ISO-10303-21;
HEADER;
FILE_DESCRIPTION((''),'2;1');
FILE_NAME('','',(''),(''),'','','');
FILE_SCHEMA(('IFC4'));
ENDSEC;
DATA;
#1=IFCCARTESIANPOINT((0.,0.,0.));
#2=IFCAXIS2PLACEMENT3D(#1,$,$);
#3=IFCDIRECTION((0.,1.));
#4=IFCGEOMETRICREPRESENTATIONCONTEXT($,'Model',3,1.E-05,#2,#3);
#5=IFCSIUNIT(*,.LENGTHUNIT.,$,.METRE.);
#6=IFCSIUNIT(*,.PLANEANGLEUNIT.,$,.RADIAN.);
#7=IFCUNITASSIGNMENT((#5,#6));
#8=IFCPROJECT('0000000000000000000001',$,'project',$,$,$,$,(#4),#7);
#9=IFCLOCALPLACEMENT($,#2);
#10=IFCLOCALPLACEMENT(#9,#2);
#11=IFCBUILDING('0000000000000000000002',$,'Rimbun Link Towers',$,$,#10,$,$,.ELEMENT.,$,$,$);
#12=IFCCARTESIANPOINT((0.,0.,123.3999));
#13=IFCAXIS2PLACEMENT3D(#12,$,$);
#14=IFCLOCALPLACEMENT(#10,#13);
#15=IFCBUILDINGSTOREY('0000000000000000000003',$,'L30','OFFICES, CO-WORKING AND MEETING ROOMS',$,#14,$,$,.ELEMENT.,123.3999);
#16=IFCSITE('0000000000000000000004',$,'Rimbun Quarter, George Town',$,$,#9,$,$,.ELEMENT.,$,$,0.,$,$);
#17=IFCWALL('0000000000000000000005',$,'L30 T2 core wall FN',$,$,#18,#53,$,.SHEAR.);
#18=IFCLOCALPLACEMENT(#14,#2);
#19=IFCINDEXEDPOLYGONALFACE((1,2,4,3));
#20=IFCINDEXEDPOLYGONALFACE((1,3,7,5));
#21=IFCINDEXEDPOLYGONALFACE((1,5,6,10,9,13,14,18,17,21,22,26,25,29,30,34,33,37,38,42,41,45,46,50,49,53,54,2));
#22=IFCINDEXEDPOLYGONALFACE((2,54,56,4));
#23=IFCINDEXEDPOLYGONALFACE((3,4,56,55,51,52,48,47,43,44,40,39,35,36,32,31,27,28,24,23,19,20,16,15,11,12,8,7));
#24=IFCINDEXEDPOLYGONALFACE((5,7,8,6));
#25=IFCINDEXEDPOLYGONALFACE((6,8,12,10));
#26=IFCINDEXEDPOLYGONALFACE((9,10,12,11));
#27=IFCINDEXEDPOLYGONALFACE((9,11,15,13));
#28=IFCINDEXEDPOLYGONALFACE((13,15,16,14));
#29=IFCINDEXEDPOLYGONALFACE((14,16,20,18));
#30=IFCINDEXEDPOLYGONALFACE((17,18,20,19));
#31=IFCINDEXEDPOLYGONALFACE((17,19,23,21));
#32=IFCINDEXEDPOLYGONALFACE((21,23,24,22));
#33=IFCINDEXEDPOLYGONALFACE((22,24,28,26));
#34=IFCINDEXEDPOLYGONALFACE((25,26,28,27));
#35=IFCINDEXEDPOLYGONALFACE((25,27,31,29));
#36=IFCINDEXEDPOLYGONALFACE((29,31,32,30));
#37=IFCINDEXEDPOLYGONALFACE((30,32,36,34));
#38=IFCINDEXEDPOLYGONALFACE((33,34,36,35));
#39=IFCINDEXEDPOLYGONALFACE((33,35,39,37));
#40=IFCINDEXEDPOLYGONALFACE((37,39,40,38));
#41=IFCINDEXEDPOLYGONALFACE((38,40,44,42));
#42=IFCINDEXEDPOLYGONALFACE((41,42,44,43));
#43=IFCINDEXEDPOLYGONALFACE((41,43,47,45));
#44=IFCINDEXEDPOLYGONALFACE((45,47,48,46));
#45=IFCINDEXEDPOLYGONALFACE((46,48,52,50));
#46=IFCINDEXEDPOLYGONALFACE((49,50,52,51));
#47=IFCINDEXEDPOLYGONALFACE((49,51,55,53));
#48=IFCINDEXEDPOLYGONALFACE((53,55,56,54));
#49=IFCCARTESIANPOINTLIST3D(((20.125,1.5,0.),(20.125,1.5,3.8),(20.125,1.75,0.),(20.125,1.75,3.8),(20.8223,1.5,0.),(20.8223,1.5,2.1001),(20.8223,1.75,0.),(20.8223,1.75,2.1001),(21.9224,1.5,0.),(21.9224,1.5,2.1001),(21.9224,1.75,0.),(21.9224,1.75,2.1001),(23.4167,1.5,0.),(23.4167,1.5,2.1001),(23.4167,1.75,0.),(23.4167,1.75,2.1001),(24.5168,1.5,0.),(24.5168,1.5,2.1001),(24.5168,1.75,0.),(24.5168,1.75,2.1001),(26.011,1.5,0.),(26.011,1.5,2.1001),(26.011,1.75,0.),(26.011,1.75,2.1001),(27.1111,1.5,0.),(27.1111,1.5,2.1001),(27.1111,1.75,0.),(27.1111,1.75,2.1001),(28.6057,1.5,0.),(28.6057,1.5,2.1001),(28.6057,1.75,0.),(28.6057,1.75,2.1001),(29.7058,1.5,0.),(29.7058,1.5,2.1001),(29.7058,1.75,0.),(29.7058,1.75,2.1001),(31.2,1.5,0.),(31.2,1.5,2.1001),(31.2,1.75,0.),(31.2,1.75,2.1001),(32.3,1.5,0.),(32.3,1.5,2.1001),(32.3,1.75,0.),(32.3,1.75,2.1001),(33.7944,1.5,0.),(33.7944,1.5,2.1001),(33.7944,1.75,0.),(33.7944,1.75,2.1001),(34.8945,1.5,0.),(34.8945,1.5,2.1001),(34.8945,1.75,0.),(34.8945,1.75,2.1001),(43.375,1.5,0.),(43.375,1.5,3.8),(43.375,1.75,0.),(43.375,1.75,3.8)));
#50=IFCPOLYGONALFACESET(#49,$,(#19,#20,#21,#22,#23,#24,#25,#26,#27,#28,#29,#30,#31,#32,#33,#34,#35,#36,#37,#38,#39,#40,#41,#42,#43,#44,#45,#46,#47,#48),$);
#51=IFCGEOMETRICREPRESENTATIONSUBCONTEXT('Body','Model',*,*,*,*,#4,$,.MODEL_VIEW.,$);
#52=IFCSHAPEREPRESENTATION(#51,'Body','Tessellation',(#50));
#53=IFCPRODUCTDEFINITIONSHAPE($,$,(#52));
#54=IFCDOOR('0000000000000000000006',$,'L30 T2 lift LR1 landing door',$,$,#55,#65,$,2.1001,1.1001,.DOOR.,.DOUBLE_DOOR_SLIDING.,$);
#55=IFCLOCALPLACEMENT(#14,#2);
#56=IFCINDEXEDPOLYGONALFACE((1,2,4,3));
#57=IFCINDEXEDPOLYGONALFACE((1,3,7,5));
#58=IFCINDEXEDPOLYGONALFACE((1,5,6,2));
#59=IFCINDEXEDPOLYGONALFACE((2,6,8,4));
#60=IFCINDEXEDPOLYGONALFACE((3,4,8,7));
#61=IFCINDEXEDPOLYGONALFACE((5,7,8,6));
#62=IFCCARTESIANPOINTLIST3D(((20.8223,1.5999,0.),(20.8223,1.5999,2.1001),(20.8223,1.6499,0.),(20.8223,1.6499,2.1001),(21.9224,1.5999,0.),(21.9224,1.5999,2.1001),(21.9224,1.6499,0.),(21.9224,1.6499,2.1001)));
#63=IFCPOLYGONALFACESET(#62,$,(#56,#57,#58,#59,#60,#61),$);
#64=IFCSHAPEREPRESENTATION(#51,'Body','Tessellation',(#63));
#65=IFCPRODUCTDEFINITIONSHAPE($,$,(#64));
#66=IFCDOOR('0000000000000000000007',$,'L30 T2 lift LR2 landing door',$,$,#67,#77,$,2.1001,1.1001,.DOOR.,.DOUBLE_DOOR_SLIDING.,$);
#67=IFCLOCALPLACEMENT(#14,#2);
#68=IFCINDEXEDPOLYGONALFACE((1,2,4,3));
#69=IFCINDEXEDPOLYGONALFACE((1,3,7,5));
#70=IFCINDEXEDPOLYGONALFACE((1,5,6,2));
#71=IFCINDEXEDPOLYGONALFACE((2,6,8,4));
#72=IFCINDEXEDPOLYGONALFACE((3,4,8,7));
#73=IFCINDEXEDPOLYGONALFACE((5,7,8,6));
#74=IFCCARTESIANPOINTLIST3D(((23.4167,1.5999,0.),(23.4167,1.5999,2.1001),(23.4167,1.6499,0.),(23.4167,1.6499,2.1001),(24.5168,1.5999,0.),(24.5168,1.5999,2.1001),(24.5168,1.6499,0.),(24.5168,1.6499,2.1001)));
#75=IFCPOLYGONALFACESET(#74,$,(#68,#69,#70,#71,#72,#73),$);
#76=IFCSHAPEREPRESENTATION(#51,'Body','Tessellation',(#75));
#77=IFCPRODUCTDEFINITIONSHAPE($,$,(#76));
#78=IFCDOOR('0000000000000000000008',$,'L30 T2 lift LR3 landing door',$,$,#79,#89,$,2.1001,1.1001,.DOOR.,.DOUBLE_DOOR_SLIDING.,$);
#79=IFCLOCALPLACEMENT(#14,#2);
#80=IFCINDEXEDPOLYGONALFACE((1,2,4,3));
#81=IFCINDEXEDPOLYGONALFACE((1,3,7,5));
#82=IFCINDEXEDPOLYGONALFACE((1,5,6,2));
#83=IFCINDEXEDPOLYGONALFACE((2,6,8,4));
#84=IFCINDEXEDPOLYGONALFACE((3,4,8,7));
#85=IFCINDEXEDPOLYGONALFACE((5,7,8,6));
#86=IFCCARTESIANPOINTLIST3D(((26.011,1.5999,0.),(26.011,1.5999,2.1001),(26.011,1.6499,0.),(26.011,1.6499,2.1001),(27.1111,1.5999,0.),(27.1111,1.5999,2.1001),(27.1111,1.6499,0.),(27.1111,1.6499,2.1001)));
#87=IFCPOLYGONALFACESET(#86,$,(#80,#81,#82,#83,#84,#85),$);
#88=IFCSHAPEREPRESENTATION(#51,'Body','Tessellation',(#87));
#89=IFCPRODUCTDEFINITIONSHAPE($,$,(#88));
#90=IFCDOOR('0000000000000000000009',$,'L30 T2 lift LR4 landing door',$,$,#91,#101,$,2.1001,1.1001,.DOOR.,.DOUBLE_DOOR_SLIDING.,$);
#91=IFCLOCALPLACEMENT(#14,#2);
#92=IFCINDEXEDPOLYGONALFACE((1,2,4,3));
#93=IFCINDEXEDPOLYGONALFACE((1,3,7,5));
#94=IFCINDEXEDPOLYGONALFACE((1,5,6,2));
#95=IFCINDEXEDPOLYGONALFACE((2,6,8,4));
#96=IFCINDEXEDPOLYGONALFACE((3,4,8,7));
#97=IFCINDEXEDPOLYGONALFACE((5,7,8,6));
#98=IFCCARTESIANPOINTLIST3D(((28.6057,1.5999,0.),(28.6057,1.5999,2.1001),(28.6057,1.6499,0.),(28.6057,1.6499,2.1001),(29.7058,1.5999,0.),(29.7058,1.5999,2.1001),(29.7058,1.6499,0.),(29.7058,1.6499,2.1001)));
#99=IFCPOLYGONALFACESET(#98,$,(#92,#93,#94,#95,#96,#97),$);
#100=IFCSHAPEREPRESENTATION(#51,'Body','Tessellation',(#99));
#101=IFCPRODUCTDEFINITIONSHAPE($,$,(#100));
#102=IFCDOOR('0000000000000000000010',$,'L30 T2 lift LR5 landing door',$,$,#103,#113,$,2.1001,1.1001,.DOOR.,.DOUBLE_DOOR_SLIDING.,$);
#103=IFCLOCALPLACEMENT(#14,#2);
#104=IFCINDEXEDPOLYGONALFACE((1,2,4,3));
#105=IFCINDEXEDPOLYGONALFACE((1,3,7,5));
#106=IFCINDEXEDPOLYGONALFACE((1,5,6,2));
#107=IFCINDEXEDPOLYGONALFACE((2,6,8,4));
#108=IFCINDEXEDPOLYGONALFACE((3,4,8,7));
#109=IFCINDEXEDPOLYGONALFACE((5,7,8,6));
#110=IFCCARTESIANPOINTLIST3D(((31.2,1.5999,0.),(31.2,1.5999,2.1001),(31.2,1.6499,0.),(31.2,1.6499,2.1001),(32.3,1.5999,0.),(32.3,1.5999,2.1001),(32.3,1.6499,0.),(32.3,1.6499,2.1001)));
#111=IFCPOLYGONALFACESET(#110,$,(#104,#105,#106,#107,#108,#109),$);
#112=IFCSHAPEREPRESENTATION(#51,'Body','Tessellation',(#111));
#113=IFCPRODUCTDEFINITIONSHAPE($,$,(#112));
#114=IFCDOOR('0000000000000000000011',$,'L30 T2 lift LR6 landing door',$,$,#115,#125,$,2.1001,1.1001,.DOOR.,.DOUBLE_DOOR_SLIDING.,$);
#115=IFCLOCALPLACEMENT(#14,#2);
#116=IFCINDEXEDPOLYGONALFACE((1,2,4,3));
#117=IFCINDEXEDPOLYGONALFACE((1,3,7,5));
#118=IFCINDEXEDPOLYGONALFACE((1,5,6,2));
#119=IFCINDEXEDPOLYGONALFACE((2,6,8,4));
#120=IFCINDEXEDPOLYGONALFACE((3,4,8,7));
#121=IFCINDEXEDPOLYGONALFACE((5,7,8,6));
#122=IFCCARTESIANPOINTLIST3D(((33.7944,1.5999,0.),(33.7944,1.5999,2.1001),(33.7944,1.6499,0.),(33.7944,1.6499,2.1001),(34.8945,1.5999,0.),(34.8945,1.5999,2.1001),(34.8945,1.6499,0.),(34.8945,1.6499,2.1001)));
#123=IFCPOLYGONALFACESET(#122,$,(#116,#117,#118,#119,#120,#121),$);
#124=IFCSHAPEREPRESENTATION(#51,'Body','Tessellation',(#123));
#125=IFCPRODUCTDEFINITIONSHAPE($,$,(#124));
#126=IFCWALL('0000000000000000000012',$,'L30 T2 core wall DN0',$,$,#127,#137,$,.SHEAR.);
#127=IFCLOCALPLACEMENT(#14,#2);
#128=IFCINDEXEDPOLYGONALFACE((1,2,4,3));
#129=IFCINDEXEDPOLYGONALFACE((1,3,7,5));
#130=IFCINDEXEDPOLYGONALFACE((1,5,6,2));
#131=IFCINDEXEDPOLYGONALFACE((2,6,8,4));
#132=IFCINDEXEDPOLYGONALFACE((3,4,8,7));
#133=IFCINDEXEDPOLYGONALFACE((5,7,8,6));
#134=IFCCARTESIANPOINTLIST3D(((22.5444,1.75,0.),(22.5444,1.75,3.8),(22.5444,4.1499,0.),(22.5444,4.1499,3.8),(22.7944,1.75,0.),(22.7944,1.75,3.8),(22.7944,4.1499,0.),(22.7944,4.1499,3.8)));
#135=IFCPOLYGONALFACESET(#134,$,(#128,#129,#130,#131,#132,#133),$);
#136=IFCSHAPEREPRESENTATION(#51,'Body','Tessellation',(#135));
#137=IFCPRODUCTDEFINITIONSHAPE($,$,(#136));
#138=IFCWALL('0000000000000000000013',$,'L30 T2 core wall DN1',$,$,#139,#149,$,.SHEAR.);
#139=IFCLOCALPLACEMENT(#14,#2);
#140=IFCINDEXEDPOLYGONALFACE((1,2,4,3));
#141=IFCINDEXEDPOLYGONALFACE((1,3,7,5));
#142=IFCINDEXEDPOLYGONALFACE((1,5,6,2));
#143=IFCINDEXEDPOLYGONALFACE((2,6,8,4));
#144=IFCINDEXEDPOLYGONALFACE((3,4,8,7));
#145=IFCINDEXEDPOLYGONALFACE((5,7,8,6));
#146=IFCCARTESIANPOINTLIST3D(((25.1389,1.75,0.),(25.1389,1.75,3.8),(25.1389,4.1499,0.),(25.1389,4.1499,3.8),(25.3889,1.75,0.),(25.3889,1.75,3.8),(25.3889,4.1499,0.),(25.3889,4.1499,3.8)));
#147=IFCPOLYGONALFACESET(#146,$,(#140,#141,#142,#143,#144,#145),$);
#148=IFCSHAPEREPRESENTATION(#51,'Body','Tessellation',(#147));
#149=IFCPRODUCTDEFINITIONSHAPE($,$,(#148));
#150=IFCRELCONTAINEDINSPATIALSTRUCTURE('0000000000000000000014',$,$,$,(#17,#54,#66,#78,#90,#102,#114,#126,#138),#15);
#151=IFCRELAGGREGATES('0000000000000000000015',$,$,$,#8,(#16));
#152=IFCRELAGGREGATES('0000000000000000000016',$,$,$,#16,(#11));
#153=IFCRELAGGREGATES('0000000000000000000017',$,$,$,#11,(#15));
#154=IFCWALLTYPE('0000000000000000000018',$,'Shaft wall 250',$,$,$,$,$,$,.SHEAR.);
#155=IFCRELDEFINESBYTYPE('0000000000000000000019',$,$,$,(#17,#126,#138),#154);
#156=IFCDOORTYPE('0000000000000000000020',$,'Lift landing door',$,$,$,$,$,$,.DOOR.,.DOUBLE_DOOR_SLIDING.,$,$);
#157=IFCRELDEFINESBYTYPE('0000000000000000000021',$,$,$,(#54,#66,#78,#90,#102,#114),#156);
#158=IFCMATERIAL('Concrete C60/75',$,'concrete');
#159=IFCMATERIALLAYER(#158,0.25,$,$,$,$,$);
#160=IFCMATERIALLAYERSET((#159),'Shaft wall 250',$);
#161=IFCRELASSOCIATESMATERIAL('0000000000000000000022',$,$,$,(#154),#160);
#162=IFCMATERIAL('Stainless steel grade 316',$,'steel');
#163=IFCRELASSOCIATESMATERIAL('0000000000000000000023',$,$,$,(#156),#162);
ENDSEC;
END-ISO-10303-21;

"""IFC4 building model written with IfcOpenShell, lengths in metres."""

from ifc_helpers import new_model, si_unit, direction, frame, frame_2d, origin, place, context, subcontext, project, spatial, rectangle, extrude, material, layer, layer_set, type_object, element, fill, save


model = new_model("IFC4")

# Units and contexts
model_context = context("Model", 3, precision=1e-05, world=origin(), true_north=direction((0.0, 1.0)))
body_context = subcontext(model_context, "Body", "Model", "MODEL_VIEW")
ifc_project = project(units=[si_unit("LENGTHUNIT", "METRE"), si_unit("PLANEANGLEUNIT", "RADIAN")], contexts=[model_context])

# Site, building, storey
site_placement = place(None, origin())
site = spatial("IfcSite", under=ifc_project, at=site_placement, Name="Rimbun Quarter, George Town", CompositionType="ELEMENT", RefElevation=0.0)
building_placement = place(site_placement, origin())
building = spatial("IfcBuilding", under=site, at=building_placement, Name="Rimbun Link Towers", CompositionType="ELEMENT")
storey_placement = place(building_placement, frame((0.0, 0.0, 123.3999)))
storey = spatial("IfcBuildingStorey", under=building, at=storey_placement, Name="L30", Description="OFFICES, CO-WORKING AND MEETING ROOMS", CompositionType="ELEMENT", Elevation=123.3999)

# Shared definitions
ifc_material_1 = material(Name="Concrete C60/75", Category="concrete")
ifc_layer_1 = layer(ifc_material_1, 0.25)
ifc_layer_set_1 = layer_set([ifc_layer_1], Name="Shaft wall 250")
wall_type_1 = type_object("IfcWallType", Name="Shaft wall 250", PredefinedType="SHEAR", material=ifc_layer_set_1)

# Wall, openings, doors
wall_1_placement = place(storey_placement, frame((20.125, 1.625, 0.0), z_axis=(0.0, 0.0, 1.0), x_axis=(1.0, 0.0, 0.0)))
wall_1 = element("IfcWall", 1, at=wall_1_placement, inside=storey, type_object=wall_type_1, Name="L30 T2 core wall FN", PredefinedType="SHEAR", context=body_context, shape_type="SweptSolid", body=[
    extrude(rectangle(XDim=23.25, YDim=0.25, at=frame_2d((11.625, 0.0))), origin(), (0.0, 0.0, 1.0), 3.8),
])
opening_1_placement = place(wall_1_placement, frame((0.6973, 0.0, 0.0)))
opening_1 = element("IfcOpeningElement", 2, at=opening_1_placement, cuts=wall_1, PredefinedType="OPENING", context=body_context, shape_type="SweptSolid", body=[
    extrude(rectangle(XDim=1.1001, YDim=2.1001, at=frame_2d((0.55, 1.05))), frame((0.0, 0.135, 0.0), z_axis=(0.0, -1.0, 0.0), x_axis=(1.0, 0.0, 0.0)), (0.0, 0.0, 1.0), 0.27),
])
opening_2_placement = place(wall_1_placement, frame((3.2917, 0.0, 0.0)))
opening_2 = element("IfcOpeningElement", 3, at=opening_2_placement, cuts=wall_1, PredefinedType="OPENING", context=body_context, shape_type="SweptSolid", body=[
    extrude(rectangle(XDim=1.1001, YDim=2.1001, at=frame_2d((0.55, 1.05))), frame((0.0, 0.135, 0.0), z_axis=(0.0, -1.0, 0.0), x_axis=(1.0, 0.0, 0.0)), (0.0, 0.0, 1.0), 0.27),
])
opening_3_placement = place(wall_1_placement, frame((5.886, 0.0, 0.0)))
opening_3 = element("IfcOpeningElement", 4, at=opening_3_placement, cuts=wall_1, PredefinedType="OPENING", context=body_context, shape_type="SweptSolid", body=[
    extrude(rectangle(XDim=1.1001, YDim=2.1001, at=frame_2d((0.55, 1.05))), frame((0.0, 0.135, 0.0), z_axis=(0.0, -1.0, 0.0), x_axis=(1.0, 0.0, 0.0)), (0.0, 0.0, 1.0), 0.27),
])
opening_4_placement = place(wall_1_placement, frame((8.4807, 0.0, 0.0)))
opening_4 = element("IfcOpeningElement", 5, at=opening_4_placement, cuts=wall_1, PredefinedType="OPENING", context=body_context, shape_type="SweptSolid", body=[
    extrude(rectangle(XDim=1.1001, YDim=2.1001, at=frame_2d((0.55, 1.05))), frame((0.0, 0.135, 0.0), z_axis=(0.0, -1.0, 0.0), x_axis=(1.0, 0.0, 0.0)), (0.0, 0.0, 1.0), 0.27),
])
opening_5_placement = place(wall_1_placement, frame((11.075, 0.0, 0.0)))
opening_5 = element("IfcOpeningElement", 6, at=opening_5_placement, cuts=wall_1, PredefinedType="OPENING", context=body_context, shape_type="SweptSolid", body=[
    extrude(rectangle(XDim=1.1001, YDim=2.1001, at=frame_2d((0.55, 1.05))), frame((0.0, 0.135, 0.0), z_axis=(0.0, -1.0, 0.0), x_axis=(1.0, 0.0, 0.0)), (0.0, 0.0, 1.0), 0.27),
])
opening_6_placement = place(wall_1_placement, frame((13.6694, 0.0, 0.0)))
opening_6 = element("IfcOpeningElement", 7, at=opening_6_placement, cuts=wall_1, PredefinedType="OPENING", context=body_context, shape_type="SweptSolid", body=[
    extrude(rectangle(XDim=1.1001, YDim=2.1001, at=frame_2d((0.55, 1.05))), frame((0.0, 0.135, 0.0), z_axis=(0.0, -1.0, 0.0), x_axis=(1.0, 0.0, 0.0)), (0.0, 0.0, 1.0), 0.27),
])
ifc_material_2 = material(Name="Stainless steel grade 316", Category="steel")
door_type_1 = type_object("IfcDoorType", Name="Lift landing door", OperationType="DOUBLE_DOOR_SLIDING", PredefinedType="DOOR", material=ifc_material_2)
door_1_placement = place(opening_1_placement, origin())
door_1 = element("IfcDoor", 8, at=door_1_placement, inside=storey, type_object=door_type_1, Name="L30 T2 lift LR1 landing door", OperationType="DOUBLE_DOOR_SLIDING", OverallHeight=2.1001, OverallWidth=1.1001, PredefinedType="DOOR", context=body_context, shape_type="SweptSolid", body=[
    extrude(rectangle(XDim=1.1001, YDim=2.1001, at=frame_2d((0.55, 1.05))), frame((0.0, 0.0249, 0.0), z_axis=(0.0, -1.0, 0.0), x_axis=(1.0, 0.0, 0.0)), (0.0, 0.0, 1.0), 0.05),
])
fill(opening_1, door_1)
door_2_placement = place(opening_2_placement, origin())
door_2 = element("IfcDoor", 9, at=door_2_placement, inside=storey, type_object=door_type_1, Name="L30 T2 lift LR2 landing door", OperationType="DOUBLE_DOOR_SLIDING", OverallHeight=2.1001, OverallWidth=1.1001, PredefinedType="DOOR", context=body_context, shape_type="SweptSolid", body=[
    extrude(rectangle(XDim=1.1001, YDim=2.1001, at=frame_2d((0.55, 1.05))), frame((0.0, 0.0249, 0.0), z_axis=(0.0, -1.0, 0.0), x_axis=(1.0, 0.0, 0.0)), (0.0, 0.0, 1.0), 0.05),
])
fill(opening_2, door_2)
door_3_placement = place(opening_3_placement, origin())
door_3 = element("IfcDoor", 10, at=door_3_placement, inside=storey, type_object=door_type_1, Name="L30 T2 lift LR3 landing door", OperationType="DOUBLE_DOOR_SLIDING", OverallHeight=2.1001, OverallWidth=1.1001, PredefinedType="DOOR", context=body_context, shape_type="SweptSolid", body=[
    extrude(rectangle(XDim=1.1001, YDim=2.1001, at=frame_2d((0.55, 1.05))), frame((0.0, 0.0249, 0.0), z_axis=(0.0, -1.0, 0.0), x_axis=(1.0, 0.0, 0.0)), (0.0, 0.0, 1.0), 0.05),
])
fill(opening_3, door_3)
door_4_placement = place(opening_4_placement, origin())
door_4 = element("IfcDoor", 11, at=door_4_placement, inside=storey, type_object=door_type_1, Name="L30 T2 lift LR4 landing door", OperationType="DOUBLE_DOOR_SLIDING", OverallHeight=2.1001, OverallWidth=1.1001, PredefinedType="DOOR", context=body_context, shape_type="SweptSolid", body=[
    extrude(rectangle(XDim=1.1001, YDim=2.1001, at=frame_2d((0.55, 1.05))), frame((0.0, 0.0249, 0.0), z_axis=(0.0, -1.0, 0.0), x_axis=(1.0, 0.0, 0.0)), (0.0, 0.0, 1.0), 0.05),
])
fill(opening_4, door_4)
door_5_placement = place(opening_5_placement, origin())
door_5 = element("IfcDoor", 12, at=door_5_placement, inside=storey, type_object=door_type_1, Name="L30 T2 lift LR5 landing door", OperationType="DOUBLE_DOOR_SLIDING", OverallHeight=2.1001, OverallWidth=1.1001, PredefinedType="DOOR", context=body_context, shape_type="SweptSolid", body=[
    extrude(rectangle(XDim=1.1001, YDim=2.1001, at=frame_2d((0.55, 1.05))), frame((0.0, 0.0249, 0.0), z_axis=(0.0, -1.0, 0.0), x_axis=(1.0, 0.0, 0.0)), (0.0, 0.0, 1.0), 0.05),
])
fill(opening_5, door_5)
door_6_placement = place(opening_6_placement, origin())
door_6 = element("IfcDoor", 13, at=door_6_placement, inside=storey, type_object=door_type_1, Name="L30 T2 lift LR6 landing door", OperationType="DOUBLE_DOOR_SLIDING", OverallHeight=2.1001, OverallWidth=1.1001, PredefinedType="DOOR", context=body_context, shape_type="SweptSolid", body=[
    extrude(rectangle(XDim=1.1001, YDim=2.1001, at=frame_2d((0.55, 1.05))), frame((0.0, 0.0249, 0.0), z_axis=(0.0, -1.0, 0.0), x_axis=(1.0, 0.0, 0.0)), (0.0, 0.0, 1.0), 0.05),
])
fill(opening_6, door_6)

# Walls
for number, where, z_axis, x_axis, name in (
    (14, (22.6694, 1.75, 0.0), (0.0, 0.0, 1.0), (0.0, 1.0, 0.0), "L30 T2 core wall DN0"),
    (15, (25.2639, 1.75, 0.0), (0.0, 0.0, 1.0), (0.0, 1.0, 0.0), "L30 T2 core wall DN1"),
):
    element("IfcWall", number, at=place(storey_placement, frame(where, z_axis=z_axis, x_axis=x_axis)), inside=storey, type_object=wall_type_1, Name=name, PredefinedType="SHEAR", context=body_context, shape_type="SweptSolid", body=[
        extrude(rectangle(XDim=2.3999, YDim=0.25, at=frame_2d((1.2, 0.0))), origin(), (0.0, 0.0, 1.0), 3.8),
    ])

save(model, "model.ifc")
